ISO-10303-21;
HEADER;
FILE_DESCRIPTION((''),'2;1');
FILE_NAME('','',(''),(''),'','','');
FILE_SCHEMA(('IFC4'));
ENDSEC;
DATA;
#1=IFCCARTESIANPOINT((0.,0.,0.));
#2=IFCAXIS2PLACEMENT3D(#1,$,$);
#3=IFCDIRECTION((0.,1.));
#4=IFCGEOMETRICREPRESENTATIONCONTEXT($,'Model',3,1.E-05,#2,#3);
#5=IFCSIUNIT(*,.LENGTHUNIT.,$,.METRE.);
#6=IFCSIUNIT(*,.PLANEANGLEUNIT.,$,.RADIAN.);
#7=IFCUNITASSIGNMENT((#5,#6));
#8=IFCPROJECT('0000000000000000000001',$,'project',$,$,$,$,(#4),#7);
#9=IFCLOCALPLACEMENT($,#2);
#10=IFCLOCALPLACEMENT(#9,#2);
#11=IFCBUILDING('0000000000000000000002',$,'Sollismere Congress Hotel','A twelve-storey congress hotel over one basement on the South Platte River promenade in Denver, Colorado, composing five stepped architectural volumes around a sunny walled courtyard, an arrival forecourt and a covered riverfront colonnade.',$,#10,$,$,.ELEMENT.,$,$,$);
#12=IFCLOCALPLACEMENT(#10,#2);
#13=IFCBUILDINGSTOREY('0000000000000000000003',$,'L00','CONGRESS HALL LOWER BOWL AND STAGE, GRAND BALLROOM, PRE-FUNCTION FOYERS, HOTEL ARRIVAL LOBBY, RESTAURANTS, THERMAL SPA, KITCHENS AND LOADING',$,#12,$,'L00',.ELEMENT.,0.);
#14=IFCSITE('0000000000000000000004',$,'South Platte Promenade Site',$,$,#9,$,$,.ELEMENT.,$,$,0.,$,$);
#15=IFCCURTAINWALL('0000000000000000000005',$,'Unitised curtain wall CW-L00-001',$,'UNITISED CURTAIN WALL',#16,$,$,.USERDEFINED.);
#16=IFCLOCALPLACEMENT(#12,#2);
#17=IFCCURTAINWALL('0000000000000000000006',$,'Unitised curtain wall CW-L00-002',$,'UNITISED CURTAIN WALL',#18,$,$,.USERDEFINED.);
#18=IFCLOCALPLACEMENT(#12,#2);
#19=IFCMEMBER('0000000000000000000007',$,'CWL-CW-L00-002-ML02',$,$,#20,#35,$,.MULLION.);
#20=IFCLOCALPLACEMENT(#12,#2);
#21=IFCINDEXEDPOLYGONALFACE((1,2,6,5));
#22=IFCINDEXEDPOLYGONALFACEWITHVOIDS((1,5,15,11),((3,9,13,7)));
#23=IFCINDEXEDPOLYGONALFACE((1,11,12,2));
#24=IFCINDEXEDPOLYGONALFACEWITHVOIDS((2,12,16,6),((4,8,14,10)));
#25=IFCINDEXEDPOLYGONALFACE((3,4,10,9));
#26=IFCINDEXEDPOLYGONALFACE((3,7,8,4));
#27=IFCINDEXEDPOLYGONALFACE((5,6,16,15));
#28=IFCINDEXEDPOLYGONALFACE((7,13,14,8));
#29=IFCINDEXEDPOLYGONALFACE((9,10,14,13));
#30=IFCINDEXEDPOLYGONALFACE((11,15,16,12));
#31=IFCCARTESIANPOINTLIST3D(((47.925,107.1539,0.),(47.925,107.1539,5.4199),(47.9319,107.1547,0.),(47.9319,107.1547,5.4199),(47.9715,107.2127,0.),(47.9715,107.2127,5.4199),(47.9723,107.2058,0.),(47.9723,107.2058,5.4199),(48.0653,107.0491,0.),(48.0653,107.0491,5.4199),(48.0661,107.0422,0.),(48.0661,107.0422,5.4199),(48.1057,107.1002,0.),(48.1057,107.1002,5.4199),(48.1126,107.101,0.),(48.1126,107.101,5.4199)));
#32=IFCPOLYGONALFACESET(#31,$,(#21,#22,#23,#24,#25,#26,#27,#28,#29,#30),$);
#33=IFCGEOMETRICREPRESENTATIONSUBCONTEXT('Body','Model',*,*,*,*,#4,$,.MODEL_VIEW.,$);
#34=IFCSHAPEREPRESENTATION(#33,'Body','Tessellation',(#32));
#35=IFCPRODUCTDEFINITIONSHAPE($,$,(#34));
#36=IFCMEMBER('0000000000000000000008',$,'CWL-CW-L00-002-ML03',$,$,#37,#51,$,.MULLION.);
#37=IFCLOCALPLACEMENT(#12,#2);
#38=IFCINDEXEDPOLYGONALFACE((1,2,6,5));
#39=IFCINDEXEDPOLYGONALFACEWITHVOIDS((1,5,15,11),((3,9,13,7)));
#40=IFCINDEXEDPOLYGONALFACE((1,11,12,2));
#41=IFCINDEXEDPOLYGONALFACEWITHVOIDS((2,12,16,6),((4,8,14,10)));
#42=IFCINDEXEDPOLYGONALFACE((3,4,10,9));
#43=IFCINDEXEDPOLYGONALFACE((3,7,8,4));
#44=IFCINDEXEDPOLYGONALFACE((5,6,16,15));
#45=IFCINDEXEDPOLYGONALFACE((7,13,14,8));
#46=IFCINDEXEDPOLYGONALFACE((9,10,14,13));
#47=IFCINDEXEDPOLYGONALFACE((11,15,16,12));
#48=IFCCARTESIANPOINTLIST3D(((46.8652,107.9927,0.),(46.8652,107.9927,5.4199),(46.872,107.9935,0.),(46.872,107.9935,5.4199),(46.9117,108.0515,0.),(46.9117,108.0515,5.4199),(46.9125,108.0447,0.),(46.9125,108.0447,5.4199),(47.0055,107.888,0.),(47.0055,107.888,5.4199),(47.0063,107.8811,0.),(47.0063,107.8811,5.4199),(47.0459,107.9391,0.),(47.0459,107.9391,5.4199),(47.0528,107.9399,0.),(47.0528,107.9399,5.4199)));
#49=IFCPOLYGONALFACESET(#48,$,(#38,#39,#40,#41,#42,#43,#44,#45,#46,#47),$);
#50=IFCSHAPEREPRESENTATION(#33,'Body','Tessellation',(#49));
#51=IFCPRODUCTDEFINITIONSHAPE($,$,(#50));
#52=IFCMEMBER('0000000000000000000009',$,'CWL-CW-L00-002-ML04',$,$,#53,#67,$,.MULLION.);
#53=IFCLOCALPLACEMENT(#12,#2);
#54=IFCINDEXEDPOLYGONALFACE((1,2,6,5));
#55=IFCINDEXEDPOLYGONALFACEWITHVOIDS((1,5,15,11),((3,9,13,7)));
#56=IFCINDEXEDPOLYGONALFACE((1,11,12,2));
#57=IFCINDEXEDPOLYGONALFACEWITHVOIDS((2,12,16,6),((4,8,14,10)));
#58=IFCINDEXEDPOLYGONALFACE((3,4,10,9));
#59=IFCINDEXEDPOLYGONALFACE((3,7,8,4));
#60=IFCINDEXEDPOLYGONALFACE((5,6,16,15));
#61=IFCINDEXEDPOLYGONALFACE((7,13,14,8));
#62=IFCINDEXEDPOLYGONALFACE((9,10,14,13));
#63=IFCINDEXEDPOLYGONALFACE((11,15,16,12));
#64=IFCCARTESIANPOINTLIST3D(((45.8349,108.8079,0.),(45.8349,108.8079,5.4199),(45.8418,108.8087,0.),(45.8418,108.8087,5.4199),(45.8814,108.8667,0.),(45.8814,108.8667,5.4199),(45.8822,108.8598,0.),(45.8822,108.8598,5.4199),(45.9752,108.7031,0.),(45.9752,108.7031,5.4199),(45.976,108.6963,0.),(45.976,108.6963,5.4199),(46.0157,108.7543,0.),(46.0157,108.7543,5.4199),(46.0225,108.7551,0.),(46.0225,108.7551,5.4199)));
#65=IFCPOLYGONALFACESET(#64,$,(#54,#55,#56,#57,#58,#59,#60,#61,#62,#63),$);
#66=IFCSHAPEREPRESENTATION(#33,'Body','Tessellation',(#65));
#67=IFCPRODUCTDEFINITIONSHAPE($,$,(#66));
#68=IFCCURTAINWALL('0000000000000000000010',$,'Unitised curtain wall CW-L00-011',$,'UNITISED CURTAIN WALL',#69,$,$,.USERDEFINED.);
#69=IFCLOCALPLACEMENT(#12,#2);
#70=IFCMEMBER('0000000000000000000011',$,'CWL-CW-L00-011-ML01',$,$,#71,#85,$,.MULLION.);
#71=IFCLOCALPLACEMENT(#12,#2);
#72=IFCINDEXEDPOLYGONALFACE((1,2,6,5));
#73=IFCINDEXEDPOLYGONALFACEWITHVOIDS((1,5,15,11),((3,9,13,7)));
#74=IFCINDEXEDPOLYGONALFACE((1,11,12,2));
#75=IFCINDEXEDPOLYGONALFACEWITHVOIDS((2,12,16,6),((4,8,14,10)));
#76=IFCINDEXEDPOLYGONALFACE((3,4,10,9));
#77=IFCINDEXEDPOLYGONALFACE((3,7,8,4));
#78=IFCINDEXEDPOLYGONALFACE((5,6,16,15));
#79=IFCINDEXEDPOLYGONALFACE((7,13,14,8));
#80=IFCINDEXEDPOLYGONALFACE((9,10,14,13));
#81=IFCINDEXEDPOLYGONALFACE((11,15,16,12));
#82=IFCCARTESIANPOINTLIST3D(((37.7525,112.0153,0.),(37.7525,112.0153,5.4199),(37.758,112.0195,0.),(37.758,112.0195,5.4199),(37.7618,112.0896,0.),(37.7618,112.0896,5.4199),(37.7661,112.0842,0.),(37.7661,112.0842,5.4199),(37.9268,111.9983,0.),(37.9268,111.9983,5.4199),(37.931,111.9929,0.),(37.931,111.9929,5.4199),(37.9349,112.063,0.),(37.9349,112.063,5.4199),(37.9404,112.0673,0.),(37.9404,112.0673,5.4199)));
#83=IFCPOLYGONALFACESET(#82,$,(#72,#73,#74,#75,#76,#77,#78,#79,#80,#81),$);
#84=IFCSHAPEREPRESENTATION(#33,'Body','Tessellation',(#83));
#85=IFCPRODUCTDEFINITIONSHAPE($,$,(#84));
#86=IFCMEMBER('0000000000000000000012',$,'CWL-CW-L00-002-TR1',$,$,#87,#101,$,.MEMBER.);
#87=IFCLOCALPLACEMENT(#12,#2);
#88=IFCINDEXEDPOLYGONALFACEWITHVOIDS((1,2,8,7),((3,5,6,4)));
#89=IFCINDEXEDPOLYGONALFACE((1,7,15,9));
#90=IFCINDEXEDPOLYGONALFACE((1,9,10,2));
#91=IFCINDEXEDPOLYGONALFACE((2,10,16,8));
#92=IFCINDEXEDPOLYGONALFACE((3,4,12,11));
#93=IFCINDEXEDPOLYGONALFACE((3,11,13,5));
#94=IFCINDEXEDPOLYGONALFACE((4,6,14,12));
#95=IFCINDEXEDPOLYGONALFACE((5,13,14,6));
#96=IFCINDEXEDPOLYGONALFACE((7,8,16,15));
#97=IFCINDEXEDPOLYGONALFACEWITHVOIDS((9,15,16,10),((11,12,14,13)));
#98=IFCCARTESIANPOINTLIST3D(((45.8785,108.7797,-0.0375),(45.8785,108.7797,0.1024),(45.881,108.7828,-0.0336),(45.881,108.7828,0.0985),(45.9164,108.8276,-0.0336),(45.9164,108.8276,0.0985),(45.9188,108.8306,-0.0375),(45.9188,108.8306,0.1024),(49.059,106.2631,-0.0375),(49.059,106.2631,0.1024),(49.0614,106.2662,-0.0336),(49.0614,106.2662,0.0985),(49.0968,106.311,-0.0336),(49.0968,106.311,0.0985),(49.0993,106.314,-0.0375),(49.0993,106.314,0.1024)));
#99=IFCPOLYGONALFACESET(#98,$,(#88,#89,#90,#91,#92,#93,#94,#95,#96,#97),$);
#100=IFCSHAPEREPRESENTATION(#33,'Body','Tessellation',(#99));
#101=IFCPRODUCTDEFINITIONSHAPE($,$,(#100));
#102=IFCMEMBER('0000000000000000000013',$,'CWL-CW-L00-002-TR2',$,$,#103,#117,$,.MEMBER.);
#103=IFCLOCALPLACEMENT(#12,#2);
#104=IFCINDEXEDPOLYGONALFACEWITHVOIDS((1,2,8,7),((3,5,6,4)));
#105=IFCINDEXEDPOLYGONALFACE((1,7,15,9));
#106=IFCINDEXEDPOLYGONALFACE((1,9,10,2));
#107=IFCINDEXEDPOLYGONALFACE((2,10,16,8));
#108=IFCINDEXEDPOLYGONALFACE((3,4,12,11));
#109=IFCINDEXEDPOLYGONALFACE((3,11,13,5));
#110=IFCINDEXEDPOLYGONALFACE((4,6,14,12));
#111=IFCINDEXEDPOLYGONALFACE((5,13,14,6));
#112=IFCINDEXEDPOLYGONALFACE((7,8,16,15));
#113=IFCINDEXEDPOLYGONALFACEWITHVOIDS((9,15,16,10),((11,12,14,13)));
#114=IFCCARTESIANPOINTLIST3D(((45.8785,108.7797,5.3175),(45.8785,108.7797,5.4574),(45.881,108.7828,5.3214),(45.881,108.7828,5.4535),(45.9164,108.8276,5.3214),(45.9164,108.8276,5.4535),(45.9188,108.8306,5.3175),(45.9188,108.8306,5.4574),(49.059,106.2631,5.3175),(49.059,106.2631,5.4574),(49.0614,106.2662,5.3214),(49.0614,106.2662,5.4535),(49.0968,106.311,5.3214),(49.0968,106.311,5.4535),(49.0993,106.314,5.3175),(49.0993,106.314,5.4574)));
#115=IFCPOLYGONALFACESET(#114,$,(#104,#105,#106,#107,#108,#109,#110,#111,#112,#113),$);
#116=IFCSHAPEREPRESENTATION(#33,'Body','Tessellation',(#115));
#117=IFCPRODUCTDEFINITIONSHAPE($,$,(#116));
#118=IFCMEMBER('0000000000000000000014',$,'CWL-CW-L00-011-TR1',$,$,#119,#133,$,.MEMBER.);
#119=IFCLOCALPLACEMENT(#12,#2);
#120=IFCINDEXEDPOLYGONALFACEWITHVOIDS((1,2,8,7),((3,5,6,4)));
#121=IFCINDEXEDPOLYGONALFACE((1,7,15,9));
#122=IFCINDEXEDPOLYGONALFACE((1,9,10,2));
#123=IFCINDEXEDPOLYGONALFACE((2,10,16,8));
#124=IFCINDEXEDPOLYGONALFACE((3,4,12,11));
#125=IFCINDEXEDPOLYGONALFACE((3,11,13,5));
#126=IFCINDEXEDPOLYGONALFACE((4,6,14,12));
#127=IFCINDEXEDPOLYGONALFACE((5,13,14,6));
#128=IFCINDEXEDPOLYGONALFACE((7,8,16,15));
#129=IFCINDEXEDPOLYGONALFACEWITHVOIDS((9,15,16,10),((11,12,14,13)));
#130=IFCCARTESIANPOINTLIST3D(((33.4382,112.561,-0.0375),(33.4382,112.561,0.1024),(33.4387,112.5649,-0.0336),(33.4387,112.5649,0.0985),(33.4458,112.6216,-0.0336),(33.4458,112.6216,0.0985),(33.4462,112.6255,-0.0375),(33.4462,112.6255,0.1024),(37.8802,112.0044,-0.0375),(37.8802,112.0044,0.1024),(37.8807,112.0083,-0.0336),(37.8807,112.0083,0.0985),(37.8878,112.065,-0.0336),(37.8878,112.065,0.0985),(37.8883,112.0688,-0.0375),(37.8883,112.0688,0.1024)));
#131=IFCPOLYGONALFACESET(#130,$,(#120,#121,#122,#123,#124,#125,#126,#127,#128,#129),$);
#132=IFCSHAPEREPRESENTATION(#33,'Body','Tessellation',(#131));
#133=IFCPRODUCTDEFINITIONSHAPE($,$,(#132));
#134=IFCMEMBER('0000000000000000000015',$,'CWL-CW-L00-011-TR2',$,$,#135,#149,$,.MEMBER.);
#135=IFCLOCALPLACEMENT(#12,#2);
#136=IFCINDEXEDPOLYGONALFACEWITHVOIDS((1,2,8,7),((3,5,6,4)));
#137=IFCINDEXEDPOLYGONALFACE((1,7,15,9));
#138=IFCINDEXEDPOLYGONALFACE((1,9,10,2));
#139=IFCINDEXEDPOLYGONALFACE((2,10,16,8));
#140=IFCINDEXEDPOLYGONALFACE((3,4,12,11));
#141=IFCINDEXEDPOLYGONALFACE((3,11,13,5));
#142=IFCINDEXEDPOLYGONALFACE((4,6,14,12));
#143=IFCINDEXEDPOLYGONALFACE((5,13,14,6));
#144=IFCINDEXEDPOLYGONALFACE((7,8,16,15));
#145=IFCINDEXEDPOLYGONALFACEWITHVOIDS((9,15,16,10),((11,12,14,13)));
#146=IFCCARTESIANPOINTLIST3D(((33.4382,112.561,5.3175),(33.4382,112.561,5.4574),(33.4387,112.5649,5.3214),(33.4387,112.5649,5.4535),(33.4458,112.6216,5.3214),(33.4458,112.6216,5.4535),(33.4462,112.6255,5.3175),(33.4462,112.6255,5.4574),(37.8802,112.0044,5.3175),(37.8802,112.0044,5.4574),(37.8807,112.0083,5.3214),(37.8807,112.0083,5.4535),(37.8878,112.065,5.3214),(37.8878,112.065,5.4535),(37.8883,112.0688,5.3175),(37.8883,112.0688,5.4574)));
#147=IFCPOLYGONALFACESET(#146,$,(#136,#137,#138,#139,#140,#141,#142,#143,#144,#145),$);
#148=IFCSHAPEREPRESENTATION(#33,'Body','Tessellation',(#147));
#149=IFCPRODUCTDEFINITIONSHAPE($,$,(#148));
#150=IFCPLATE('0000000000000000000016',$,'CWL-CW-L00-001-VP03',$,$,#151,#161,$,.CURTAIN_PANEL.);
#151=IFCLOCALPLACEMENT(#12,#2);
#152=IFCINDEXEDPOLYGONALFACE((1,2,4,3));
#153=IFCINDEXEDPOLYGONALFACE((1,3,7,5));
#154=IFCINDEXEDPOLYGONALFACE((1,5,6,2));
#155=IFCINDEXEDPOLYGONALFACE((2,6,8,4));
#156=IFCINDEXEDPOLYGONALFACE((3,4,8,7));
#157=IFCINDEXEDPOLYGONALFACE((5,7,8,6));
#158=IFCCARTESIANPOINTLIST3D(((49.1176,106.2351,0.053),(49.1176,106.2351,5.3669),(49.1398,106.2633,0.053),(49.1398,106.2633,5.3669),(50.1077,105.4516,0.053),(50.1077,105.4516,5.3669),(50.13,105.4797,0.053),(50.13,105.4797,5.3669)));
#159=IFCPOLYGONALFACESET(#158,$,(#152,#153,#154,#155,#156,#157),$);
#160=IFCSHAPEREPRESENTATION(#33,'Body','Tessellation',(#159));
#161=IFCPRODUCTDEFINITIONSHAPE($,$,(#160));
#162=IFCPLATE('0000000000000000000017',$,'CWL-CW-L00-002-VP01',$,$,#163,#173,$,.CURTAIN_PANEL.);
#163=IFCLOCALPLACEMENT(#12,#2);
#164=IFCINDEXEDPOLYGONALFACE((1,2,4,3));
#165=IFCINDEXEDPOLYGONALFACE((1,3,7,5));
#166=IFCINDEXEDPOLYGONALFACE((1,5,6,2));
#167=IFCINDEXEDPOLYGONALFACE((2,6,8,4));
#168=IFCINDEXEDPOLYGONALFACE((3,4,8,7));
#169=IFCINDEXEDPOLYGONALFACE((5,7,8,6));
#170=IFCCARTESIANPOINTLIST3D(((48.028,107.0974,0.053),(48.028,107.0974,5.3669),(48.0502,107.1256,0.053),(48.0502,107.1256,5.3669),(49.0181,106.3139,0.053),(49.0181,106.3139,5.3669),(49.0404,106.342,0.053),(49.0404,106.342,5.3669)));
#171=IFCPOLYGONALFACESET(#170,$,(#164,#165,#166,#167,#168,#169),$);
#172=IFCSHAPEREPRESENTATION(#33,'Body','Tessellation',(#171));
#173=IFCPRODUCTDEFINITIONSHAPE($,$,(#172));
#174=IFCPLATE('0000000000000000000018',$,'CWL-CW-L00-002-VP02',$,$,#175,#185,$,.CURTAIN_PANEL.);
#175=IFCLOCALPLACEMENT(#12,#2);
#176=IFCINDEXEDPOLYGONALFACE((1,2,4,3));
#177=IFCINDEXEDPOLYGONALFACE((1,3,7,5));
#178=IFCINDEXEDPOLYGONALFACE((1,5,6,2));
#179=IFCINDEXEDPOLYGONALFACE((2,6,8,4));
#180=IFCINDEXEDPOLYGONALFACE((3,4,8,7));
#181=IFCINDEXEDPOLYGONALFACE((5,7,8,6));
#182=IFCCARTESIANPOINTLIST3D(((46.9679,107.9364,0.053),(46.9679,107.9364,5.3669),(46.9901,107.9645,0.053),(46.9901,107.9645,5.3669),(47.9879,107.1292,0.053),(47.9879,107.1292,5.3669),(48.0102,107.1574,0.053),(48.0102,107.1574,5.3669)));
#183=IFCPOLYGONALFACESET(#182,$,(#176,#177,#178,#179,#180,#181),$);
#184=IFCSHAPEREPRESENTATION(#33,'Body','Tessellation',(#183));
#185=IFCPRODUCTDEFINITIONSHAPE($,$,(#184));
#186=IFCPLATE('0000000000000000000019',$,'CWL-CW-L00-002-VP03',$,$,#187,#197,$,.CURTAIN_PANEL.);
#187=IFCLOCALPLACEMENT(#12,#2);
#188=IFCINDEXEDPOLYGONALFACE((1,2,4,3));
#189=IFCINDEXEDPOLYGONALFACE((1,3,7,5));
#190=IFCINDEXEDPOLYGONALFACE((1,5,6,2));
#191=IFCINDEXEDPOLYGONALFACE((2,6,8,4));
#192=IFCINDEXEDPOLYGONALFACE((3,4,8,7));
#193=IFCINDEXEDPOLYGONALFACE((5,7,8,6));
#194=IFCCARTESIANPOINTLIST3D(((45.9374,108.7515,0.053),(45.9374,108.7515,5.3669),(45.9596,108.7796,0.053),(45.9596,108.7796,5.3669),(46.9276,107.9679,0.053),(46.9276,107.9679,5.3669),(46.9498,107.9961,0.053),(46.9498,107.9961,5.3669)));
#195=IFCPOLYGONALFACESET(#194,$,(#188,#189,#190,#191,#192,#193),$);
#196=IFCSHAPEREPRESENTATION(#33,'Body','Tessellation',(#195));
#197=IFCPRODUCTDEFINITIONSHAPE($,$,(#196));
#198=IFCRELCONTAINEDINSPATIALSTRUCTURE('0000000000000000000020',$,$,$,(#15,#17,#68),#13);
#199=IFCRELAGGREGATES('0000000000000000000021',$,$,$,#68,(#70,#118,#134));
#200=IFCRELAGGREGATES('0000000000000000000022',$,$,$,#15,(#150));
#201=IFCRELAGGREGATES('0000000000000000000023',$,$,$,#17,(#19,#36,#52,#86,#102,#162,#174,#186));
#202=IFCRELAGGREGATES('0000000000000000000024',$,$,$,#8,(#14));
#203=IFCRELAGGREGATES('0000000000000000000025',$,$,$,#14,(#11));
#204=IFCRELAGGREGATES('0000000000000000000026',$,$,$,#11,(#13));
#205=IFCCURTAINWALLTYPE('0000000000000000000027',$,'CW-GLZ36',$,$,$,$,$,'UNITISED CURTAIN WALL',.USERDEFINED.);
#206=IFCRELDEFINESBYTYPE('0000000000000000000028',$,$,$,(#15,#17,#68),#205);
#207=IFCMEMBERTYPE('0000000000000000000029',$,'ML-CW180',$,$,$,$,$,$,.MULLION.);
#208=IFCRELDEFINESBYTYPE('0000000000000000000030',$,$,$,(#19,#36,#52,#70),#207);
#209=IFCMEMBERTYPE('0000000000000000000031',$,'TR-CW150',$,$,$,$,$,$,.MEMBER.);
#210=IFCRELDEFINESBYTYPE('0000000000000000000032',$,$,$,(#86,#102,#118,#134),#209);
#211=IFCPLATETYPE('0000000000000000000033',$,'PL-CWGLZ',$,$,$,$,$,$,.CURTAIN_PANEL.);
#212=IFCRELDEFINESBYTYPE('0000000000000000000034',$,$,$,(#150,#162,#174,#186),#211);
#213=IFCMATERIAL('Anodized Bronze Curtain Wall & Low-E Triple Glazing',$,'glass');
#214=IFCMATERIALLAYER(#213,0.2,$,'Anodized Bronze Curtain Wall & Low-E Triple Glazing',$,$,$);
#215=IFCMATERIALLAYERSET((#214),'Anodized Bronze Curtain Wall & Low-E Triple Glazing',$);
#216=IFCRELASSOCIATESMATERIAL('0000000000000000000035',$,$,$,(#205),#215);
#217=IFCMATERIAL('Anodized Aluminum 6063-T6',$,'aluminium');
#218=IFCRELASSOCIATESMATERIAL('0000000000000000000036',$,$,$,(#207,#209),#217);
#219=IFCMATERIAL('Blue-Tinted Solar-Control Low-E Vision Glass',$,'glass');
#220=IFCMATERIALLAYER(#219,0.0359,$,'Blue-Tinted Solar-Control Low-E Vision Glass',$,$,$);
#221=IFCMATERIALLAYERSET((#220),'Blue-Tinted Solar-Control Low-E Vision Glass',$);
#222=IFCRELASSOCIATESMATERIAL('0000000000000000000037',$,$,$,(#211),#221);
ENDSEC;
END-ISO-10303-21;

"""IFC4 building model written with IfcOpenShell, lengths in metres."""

from ifc_helpers import new_model, si_unit, direction, frame, origin, origin_2d, place, context, subcontext, project, spatial, rectangle, hollow_rectangle, extrude, material, layer, layer_set, material_profile, profile_set, type_object, element, aggregate, save


model = new_model("IFC4")

# Units and contexts
model_context = context("Model", 3, precision=1e-05, world=origin(), true_north=direction((0.0, 1.0)))
body_context = subcontext(model_context, "Body", "Model", "MODEL_VIEW")
ifc_project = project(units=[si_unit("LENGTHUNIT", "METRE"), si_unit("PLANEANGLEUNIT", "RADIAN")], contexts=[model_context])

# Site, building, storey
site_placement = place(None, origin())
site = spatial("IfcSite", under=ifc_project, at=site_placement, Name="South Platte Promenade Site", CompositionType="ELEMENT", RefElevation=0.0)
building_placement = place(site_placement, origin())
building = spatial("IfcBuilding", under=site, at=building_placement, Name="Sollismere Congress Hotel", Description="A twelve-storey congress hotel over one basement on the South Platte River promenade in Denver, Colorado, composing five stepped architectural volumes around a sunny walled courtyard, an arrival forecourt and a covered riverfront colonnade.", CompositionType="ELEMENT")
storey_placement = place(building_placement, origin())
storey = spatial("IfcBuildingStorey", under=building, at=storey_placement, Name="L00", Description="CONGRESS HALL LOWER BOWL AND STAGE, GRAND BALLROOM, PRE-FUNCTION FOYERS, HOTEL ARRIVAL LOBBY, RESTAURANTS, THERMAL SPA, KITCHENS AND LOADING", LongName="L00", CompositionType="ELEMENT", Elevation=0.0)

# Curtain walls, members
ifc_material_1 = material(Name="Anodized Bronze Curtain Wall & Low-E Triple Glazing", Category="glass")
ifc_layer_1 = layer(ifc_material_1, 0.2, Name="Anodized Bronze Curtain Wall & Low-E Triple Glazing")
ifc_layer_set_1 = layer_set([ifc_layer_1], Name="Anodized Bronze Curtain Wall & Low-E Triple Glazing")
curtain_wall_type = type_object("IfcCurtainWallType", Name="CW-GLZ36", ElementType="UNITISED CURTAIN WALL", PredefinedType="USERDEFINED", material=ifc_layer_set_1)
curtain_wall_1_placement = place(storey_placement, origin())
curtain_wall_1 = element("IfcCurtainWall", 1, at=curtain_wall_1_placement, inside=storey, type_object=curtain_wall_type, Name="Unitised curtain wall CW-L00-001", ObjectType="UNITISED CURTAIN WALL", PredefinedType="USERDEFINED")
ifc_material_2 = material(Name="Anodized Aluminum 6063-T6", Category="aluminium")
ifc_material_profile_1 = material_profile(ifc_material_2, hollow_rectangle(XDim=0.075, YDim=0.1799, WallThickness=0.0049, at=origin_2d()), Name="ALU180X75X5")
ifc_profile_set_1 = profile_set([ifc_material_profile_1], Name="Anodized Aluminum 6063-T6")
member_type_1 = type_object("IfcMemberType", Name="ML-CW180", PredefinedType="MULLION", material=ifc_profile_set_1)
curtain_wall_2_placement = place(storey_placement, origin())
curtain_wall_2 = element("IfcCurtainWall", 2, at=curtain_wall_2_placement, inside=storey, type_object=curtain_wall_type, Name="Unitised curtain wall CW-L00-002", ObjectType="UNITISED CURTAIN WALL", PredefinedType="USERDEFINED")
member_1_placement = place(storey_placement, frame((48.0188, 107.1274, 0.0), z_axis=(0.0, 0.0, 1.0), x_axis=(-0.620532, -0.784181, 0.0)))
member_1 = element("IfcMember", 3, at=member_1_placement, type_object=member_type_1, Name="CWL-CW-L00-002-ML02", PredefinedType="MULLION", context=body_context, shape_type="SweptSolid", body=[
    extrude(hollow_rectangle(XDim=0.075, YDim=0.1799, WallThickness=0.0049, at=origin_2d()), origin(), (0.0, 0.0, 1.0), 5.4199),
])
member_2_placement = place(storey_placement, frame((46.959, 107.9663, 0.0), z_axis=(0.0, 0.0, 1.0), x_axis=(-0.620532, -0.784181, 0.0)))
member_2 = element("IfcMember", 4, at=member_2_placement, type_object=member_type_1, Name="CWL-CW-L00-002-ML03", PredefinedType="MULLION", context=body_context, shape_type="SweptSolid", body=[
    extrude(hollow_rectangle(XDim=0.075, YDim=0.1799, WallThickness=0.0049, at=origin_2d()), origin(), (0.0, 0.0, 1.0), 5.4199),
])
member_3_placement = place(storey_placement, frame((45.9287, 108.7815, 0.0), z_axis=(0.0, 0.0, 1.0), x_axis=(-0.620532, -0.784181, 0.0)))
member_3 = element("IfcMember", 5, at=member_3_placement, type_object=member_type_1, Name="CWL-CW-L00-002-ML04", PredefinedType="MULLION", context=body_context, shape_type="SweptSolid", body=[
    extrude(hollow_rectangle(XDim=0.075, YDim=0.1799, WallThickness=0.0049, at=origin_2d()), origin(), (0.0, 0.0, 1.0), 5.4199),
])

# Curtain wall, member
curtain_wall_3_placement = place(storey_placement, origin())
curtain_wall_3 = element("IfcCurtainWall", 6, at=curtain_wall_3_placement, inside=storey, type_object=curtain_wall_type, Name="Unitised curtain wall CW-L00-011", ObjectType="UNITISED CURTAIN WALL", PredefinedType="USERDEFINED")
member_4_placement = place(storey_placement, frame((37.8464, 112.0413, 0.0), z_axis=(0.0, 0.0, 1.0), x_axis=(-0.124363, -0.992237, 0.0)))
member_4 = element("IfcMember", 7, at=member_4_placement, type_object=member_type_1, Name="CWL-CW-L00-011-ML01", PredefinedType="MULLION", context=body_context, shape_type="SweptSolid", body=[
    extrude(hollow_rectangle(XDim=0.075, YDim=0.1799, WallThickness=0.0049, at=origin_2d()), origin(), (0.0, 0.0, 1.0), 5.4199),
])

# Members
ifc_material_profile_2 = material_profile(ifc_material_2, hollow_rectangle(XDim=0.0649, YDim=0.1399, WallThickness=0.0039, at=origin_2d()), Name="ALU140X65X4")
ifc_profile_set_2 = profile_set([ifc_material_profile_2], Name="Anodized Aluminum 6063-T6")
member_type_2 = type_object("IfcMemberType", Name="TR-CW150", PredefinedType="MEMBER", material=ifc_profile_set_2)
member_5_placement = place(storey_placement, frame((49.0791, 106.2886, 0.0325), z_axis=(-0.784194, 0.620516, 0.0), x_axis=(-0.620516, -0.784194, 0.0)))
member_5 = element("IfcMember", 8, at=member_5_placement, type_object=member_type_2, Name="CWL-CW-L00-002-TR1", PredefinedType="MEMBER", context=body_context, shape_type="SweptSolid", body=[
    extrude(hollow_rectangle(XDim=0.0649, YDim=0.1399, WallThickness=0.0039, at=origin_2d()), origin(), (0.0, 0.0, 1.0), 4.0557),
])
member_6_placement = place(storey_placement, frame((49.0791, 106.2886, 5.3875), z_axis=(-0.784194, 0.620516, 0.0), x_axis=(-0.620516, -0.784194, 0.0)))
member_6 = element("IfcMember", 9, at=member_6_placement, type_object=member_type_2, Name="CWL-CW-L00-002-TR2", PredefinedType="MEMBER", context=body_context, shape_type="SweptSolid", body=[
    extrude(hollow_rectangle(XDim=0.0649, YDim=0.1399, WallThickness=0.0039, at=origin_2d()), origin(), (0.0, 0.0, 1.0), 4.0557),
])
member_7_placement = place(storey_placement, frame((37.8843, 112.0366, 0.0325), z_axis=(-0.99224, 0.124337, 0.0), x_axis=(-0.124337, -0.99224, 0.0)))
member_7 = element("IfcMember", 10, at=member_7_placement, type_object=member_type_2, Name="CWL-CW-L00-011-TR1", PredefinedType="MEMBER", context=body_context, shape_type="SweptSolid", body=[
    extrude(hollow_rectangle(XDim=0.0649, YDim=0.1399, WallThickness=0.0039, at=origin_2d()), origin(), (0.0, 0.0, 1.0), 4.4768),
])
member_8_placement = place(storey_placement, frame((37.8843, 112.0366, 5.3875), z_axis=(-0.99224, 0.124337, 0.0), x_axis=(-0.124337, -0.99224, 0.0)))
member_8 = element("IfcMember", 11, at=member_8_placement, type_object=member_type_2, Name="CWL-CW-L00-011-TR2", PredefinedType="MEMBER", context=body_context, shape_type="SweptSolid", body=[
    extrude(hollow_rectangle(XDim=0.0649, YDim=0.1399, WallThickness=0.0039, at=origin_2d()), origin(), (0.0, 0.0, 1.0), 4.4768),
])
aggregate(curtain_wall_3, [member_4, member_7, member_8])

# Plates
ifc_material_3 = material(Name="Blue-Tinted Solar-Control Low-E Vision Glass", Category="glass")
ifc_layer_2 = layer(ifc_material_3, 0.0359, Name="Blue-Tinted Solar-Control Low-E Vision Glass")
ifc_layer_set_2 = layer_set([ifc_layer_2], Name="Blue-Tinted Solar-Control Low-E Vision Glass")
plate_type_1 = type_object("IfcPlateType", Name="PL-CWGLZ", PredefinedType="CURTAIN_PANEL", material=ifc_layer_set_2)
plate_1_placement = place(storey_placement, frame((49.6238, 105.8574, 0.053), z_axis=(0.0, 0.0, 1.0), x_axis=(-0.784181, 0.620532, 0.0)))
plate_1 = element("IfcPlate", 12, at=plate_1_placement, type_object=plate_type_1, Name="CWL-CW-L00-001-VP03", PredefinedType="CURTAIN_PANEL", context=body_context, shape_type="SweptSolid", body=[
    extrude(rectangle(XDim=1.2627, YDim=0.0359, at=origin_2d()), origin(), (0.0, 0.0, 1.0), 5.314),
])
aggregate(curtain_wall_1, [plate_1])
plate_2_placement = place(storey_placement, frame((48.5342, 106.7197, 0.053), z_axis=(0.0, 0.0, 1.0), x_axis=(-0.784181, 0.620532, 0.0)))
plate_2 = element("IfcPlate", 13, at=plate_2_placement, type_object=plate_type_1, Name="CWL-CW-L00-002-VP01", PredefinedType="CURTAIN_PANEL", context=body_context, shape_type="SweptSolid", body=[
    extrude(rectangle(XDim=1.2627, YDim=0.0359, at=origin_2d()), origin(), (0.0, 0.0, 1.0), 5.314),
])
plate_3_placement = place(storey_placement, frame((47.489, 107.5469, 0.053), z_axis=(0.0, 0.0, 1.0), x_axis=(-0.784181, 0.620532, 0.0)))
plate_3 = element("IfcPlate", 14, at=plate_3_placement, type_object=plate_type_1, Name="CWL-CW-L00-002-VP02", PredefinedType="CURTAIN_PANEL", context=body_context, shape_type="SweptSolid", body=[
    extrude(rectangle(XDim=1.3008, YDim=0.0359, at=origin_2d()), origin(), (0.0, 0.0, 1.0), 5.314),
])
plate_4_placement = place(storey_placement, frame((46.4436, 108.3738, 0.053), z_axis=(0.0, 0.0, 1.0), x_axis=(-0.784181, 0.620532, 0.0)))
plate_4 = element("IfcPlate", 15, at=plate_4_placement, type_object=plate_type_1, Name="CWL-CW-L00-002-VP03", PredefinedType="CURTAIN_PANEL", context=body_context, shape_type="SweptSolid", body=[
    extrude(rectangle(XDim=1.2627, YDim=0.0359, at=origin_2d()), origin(), (0.0, 0.0, 1.0), 5.314),
])
aggregate(curtain_wall_2, [member_1, member_2, member_3, member_5, member_6, plate_2, plate_3, plate_4])

save(model, "model.ifc")
